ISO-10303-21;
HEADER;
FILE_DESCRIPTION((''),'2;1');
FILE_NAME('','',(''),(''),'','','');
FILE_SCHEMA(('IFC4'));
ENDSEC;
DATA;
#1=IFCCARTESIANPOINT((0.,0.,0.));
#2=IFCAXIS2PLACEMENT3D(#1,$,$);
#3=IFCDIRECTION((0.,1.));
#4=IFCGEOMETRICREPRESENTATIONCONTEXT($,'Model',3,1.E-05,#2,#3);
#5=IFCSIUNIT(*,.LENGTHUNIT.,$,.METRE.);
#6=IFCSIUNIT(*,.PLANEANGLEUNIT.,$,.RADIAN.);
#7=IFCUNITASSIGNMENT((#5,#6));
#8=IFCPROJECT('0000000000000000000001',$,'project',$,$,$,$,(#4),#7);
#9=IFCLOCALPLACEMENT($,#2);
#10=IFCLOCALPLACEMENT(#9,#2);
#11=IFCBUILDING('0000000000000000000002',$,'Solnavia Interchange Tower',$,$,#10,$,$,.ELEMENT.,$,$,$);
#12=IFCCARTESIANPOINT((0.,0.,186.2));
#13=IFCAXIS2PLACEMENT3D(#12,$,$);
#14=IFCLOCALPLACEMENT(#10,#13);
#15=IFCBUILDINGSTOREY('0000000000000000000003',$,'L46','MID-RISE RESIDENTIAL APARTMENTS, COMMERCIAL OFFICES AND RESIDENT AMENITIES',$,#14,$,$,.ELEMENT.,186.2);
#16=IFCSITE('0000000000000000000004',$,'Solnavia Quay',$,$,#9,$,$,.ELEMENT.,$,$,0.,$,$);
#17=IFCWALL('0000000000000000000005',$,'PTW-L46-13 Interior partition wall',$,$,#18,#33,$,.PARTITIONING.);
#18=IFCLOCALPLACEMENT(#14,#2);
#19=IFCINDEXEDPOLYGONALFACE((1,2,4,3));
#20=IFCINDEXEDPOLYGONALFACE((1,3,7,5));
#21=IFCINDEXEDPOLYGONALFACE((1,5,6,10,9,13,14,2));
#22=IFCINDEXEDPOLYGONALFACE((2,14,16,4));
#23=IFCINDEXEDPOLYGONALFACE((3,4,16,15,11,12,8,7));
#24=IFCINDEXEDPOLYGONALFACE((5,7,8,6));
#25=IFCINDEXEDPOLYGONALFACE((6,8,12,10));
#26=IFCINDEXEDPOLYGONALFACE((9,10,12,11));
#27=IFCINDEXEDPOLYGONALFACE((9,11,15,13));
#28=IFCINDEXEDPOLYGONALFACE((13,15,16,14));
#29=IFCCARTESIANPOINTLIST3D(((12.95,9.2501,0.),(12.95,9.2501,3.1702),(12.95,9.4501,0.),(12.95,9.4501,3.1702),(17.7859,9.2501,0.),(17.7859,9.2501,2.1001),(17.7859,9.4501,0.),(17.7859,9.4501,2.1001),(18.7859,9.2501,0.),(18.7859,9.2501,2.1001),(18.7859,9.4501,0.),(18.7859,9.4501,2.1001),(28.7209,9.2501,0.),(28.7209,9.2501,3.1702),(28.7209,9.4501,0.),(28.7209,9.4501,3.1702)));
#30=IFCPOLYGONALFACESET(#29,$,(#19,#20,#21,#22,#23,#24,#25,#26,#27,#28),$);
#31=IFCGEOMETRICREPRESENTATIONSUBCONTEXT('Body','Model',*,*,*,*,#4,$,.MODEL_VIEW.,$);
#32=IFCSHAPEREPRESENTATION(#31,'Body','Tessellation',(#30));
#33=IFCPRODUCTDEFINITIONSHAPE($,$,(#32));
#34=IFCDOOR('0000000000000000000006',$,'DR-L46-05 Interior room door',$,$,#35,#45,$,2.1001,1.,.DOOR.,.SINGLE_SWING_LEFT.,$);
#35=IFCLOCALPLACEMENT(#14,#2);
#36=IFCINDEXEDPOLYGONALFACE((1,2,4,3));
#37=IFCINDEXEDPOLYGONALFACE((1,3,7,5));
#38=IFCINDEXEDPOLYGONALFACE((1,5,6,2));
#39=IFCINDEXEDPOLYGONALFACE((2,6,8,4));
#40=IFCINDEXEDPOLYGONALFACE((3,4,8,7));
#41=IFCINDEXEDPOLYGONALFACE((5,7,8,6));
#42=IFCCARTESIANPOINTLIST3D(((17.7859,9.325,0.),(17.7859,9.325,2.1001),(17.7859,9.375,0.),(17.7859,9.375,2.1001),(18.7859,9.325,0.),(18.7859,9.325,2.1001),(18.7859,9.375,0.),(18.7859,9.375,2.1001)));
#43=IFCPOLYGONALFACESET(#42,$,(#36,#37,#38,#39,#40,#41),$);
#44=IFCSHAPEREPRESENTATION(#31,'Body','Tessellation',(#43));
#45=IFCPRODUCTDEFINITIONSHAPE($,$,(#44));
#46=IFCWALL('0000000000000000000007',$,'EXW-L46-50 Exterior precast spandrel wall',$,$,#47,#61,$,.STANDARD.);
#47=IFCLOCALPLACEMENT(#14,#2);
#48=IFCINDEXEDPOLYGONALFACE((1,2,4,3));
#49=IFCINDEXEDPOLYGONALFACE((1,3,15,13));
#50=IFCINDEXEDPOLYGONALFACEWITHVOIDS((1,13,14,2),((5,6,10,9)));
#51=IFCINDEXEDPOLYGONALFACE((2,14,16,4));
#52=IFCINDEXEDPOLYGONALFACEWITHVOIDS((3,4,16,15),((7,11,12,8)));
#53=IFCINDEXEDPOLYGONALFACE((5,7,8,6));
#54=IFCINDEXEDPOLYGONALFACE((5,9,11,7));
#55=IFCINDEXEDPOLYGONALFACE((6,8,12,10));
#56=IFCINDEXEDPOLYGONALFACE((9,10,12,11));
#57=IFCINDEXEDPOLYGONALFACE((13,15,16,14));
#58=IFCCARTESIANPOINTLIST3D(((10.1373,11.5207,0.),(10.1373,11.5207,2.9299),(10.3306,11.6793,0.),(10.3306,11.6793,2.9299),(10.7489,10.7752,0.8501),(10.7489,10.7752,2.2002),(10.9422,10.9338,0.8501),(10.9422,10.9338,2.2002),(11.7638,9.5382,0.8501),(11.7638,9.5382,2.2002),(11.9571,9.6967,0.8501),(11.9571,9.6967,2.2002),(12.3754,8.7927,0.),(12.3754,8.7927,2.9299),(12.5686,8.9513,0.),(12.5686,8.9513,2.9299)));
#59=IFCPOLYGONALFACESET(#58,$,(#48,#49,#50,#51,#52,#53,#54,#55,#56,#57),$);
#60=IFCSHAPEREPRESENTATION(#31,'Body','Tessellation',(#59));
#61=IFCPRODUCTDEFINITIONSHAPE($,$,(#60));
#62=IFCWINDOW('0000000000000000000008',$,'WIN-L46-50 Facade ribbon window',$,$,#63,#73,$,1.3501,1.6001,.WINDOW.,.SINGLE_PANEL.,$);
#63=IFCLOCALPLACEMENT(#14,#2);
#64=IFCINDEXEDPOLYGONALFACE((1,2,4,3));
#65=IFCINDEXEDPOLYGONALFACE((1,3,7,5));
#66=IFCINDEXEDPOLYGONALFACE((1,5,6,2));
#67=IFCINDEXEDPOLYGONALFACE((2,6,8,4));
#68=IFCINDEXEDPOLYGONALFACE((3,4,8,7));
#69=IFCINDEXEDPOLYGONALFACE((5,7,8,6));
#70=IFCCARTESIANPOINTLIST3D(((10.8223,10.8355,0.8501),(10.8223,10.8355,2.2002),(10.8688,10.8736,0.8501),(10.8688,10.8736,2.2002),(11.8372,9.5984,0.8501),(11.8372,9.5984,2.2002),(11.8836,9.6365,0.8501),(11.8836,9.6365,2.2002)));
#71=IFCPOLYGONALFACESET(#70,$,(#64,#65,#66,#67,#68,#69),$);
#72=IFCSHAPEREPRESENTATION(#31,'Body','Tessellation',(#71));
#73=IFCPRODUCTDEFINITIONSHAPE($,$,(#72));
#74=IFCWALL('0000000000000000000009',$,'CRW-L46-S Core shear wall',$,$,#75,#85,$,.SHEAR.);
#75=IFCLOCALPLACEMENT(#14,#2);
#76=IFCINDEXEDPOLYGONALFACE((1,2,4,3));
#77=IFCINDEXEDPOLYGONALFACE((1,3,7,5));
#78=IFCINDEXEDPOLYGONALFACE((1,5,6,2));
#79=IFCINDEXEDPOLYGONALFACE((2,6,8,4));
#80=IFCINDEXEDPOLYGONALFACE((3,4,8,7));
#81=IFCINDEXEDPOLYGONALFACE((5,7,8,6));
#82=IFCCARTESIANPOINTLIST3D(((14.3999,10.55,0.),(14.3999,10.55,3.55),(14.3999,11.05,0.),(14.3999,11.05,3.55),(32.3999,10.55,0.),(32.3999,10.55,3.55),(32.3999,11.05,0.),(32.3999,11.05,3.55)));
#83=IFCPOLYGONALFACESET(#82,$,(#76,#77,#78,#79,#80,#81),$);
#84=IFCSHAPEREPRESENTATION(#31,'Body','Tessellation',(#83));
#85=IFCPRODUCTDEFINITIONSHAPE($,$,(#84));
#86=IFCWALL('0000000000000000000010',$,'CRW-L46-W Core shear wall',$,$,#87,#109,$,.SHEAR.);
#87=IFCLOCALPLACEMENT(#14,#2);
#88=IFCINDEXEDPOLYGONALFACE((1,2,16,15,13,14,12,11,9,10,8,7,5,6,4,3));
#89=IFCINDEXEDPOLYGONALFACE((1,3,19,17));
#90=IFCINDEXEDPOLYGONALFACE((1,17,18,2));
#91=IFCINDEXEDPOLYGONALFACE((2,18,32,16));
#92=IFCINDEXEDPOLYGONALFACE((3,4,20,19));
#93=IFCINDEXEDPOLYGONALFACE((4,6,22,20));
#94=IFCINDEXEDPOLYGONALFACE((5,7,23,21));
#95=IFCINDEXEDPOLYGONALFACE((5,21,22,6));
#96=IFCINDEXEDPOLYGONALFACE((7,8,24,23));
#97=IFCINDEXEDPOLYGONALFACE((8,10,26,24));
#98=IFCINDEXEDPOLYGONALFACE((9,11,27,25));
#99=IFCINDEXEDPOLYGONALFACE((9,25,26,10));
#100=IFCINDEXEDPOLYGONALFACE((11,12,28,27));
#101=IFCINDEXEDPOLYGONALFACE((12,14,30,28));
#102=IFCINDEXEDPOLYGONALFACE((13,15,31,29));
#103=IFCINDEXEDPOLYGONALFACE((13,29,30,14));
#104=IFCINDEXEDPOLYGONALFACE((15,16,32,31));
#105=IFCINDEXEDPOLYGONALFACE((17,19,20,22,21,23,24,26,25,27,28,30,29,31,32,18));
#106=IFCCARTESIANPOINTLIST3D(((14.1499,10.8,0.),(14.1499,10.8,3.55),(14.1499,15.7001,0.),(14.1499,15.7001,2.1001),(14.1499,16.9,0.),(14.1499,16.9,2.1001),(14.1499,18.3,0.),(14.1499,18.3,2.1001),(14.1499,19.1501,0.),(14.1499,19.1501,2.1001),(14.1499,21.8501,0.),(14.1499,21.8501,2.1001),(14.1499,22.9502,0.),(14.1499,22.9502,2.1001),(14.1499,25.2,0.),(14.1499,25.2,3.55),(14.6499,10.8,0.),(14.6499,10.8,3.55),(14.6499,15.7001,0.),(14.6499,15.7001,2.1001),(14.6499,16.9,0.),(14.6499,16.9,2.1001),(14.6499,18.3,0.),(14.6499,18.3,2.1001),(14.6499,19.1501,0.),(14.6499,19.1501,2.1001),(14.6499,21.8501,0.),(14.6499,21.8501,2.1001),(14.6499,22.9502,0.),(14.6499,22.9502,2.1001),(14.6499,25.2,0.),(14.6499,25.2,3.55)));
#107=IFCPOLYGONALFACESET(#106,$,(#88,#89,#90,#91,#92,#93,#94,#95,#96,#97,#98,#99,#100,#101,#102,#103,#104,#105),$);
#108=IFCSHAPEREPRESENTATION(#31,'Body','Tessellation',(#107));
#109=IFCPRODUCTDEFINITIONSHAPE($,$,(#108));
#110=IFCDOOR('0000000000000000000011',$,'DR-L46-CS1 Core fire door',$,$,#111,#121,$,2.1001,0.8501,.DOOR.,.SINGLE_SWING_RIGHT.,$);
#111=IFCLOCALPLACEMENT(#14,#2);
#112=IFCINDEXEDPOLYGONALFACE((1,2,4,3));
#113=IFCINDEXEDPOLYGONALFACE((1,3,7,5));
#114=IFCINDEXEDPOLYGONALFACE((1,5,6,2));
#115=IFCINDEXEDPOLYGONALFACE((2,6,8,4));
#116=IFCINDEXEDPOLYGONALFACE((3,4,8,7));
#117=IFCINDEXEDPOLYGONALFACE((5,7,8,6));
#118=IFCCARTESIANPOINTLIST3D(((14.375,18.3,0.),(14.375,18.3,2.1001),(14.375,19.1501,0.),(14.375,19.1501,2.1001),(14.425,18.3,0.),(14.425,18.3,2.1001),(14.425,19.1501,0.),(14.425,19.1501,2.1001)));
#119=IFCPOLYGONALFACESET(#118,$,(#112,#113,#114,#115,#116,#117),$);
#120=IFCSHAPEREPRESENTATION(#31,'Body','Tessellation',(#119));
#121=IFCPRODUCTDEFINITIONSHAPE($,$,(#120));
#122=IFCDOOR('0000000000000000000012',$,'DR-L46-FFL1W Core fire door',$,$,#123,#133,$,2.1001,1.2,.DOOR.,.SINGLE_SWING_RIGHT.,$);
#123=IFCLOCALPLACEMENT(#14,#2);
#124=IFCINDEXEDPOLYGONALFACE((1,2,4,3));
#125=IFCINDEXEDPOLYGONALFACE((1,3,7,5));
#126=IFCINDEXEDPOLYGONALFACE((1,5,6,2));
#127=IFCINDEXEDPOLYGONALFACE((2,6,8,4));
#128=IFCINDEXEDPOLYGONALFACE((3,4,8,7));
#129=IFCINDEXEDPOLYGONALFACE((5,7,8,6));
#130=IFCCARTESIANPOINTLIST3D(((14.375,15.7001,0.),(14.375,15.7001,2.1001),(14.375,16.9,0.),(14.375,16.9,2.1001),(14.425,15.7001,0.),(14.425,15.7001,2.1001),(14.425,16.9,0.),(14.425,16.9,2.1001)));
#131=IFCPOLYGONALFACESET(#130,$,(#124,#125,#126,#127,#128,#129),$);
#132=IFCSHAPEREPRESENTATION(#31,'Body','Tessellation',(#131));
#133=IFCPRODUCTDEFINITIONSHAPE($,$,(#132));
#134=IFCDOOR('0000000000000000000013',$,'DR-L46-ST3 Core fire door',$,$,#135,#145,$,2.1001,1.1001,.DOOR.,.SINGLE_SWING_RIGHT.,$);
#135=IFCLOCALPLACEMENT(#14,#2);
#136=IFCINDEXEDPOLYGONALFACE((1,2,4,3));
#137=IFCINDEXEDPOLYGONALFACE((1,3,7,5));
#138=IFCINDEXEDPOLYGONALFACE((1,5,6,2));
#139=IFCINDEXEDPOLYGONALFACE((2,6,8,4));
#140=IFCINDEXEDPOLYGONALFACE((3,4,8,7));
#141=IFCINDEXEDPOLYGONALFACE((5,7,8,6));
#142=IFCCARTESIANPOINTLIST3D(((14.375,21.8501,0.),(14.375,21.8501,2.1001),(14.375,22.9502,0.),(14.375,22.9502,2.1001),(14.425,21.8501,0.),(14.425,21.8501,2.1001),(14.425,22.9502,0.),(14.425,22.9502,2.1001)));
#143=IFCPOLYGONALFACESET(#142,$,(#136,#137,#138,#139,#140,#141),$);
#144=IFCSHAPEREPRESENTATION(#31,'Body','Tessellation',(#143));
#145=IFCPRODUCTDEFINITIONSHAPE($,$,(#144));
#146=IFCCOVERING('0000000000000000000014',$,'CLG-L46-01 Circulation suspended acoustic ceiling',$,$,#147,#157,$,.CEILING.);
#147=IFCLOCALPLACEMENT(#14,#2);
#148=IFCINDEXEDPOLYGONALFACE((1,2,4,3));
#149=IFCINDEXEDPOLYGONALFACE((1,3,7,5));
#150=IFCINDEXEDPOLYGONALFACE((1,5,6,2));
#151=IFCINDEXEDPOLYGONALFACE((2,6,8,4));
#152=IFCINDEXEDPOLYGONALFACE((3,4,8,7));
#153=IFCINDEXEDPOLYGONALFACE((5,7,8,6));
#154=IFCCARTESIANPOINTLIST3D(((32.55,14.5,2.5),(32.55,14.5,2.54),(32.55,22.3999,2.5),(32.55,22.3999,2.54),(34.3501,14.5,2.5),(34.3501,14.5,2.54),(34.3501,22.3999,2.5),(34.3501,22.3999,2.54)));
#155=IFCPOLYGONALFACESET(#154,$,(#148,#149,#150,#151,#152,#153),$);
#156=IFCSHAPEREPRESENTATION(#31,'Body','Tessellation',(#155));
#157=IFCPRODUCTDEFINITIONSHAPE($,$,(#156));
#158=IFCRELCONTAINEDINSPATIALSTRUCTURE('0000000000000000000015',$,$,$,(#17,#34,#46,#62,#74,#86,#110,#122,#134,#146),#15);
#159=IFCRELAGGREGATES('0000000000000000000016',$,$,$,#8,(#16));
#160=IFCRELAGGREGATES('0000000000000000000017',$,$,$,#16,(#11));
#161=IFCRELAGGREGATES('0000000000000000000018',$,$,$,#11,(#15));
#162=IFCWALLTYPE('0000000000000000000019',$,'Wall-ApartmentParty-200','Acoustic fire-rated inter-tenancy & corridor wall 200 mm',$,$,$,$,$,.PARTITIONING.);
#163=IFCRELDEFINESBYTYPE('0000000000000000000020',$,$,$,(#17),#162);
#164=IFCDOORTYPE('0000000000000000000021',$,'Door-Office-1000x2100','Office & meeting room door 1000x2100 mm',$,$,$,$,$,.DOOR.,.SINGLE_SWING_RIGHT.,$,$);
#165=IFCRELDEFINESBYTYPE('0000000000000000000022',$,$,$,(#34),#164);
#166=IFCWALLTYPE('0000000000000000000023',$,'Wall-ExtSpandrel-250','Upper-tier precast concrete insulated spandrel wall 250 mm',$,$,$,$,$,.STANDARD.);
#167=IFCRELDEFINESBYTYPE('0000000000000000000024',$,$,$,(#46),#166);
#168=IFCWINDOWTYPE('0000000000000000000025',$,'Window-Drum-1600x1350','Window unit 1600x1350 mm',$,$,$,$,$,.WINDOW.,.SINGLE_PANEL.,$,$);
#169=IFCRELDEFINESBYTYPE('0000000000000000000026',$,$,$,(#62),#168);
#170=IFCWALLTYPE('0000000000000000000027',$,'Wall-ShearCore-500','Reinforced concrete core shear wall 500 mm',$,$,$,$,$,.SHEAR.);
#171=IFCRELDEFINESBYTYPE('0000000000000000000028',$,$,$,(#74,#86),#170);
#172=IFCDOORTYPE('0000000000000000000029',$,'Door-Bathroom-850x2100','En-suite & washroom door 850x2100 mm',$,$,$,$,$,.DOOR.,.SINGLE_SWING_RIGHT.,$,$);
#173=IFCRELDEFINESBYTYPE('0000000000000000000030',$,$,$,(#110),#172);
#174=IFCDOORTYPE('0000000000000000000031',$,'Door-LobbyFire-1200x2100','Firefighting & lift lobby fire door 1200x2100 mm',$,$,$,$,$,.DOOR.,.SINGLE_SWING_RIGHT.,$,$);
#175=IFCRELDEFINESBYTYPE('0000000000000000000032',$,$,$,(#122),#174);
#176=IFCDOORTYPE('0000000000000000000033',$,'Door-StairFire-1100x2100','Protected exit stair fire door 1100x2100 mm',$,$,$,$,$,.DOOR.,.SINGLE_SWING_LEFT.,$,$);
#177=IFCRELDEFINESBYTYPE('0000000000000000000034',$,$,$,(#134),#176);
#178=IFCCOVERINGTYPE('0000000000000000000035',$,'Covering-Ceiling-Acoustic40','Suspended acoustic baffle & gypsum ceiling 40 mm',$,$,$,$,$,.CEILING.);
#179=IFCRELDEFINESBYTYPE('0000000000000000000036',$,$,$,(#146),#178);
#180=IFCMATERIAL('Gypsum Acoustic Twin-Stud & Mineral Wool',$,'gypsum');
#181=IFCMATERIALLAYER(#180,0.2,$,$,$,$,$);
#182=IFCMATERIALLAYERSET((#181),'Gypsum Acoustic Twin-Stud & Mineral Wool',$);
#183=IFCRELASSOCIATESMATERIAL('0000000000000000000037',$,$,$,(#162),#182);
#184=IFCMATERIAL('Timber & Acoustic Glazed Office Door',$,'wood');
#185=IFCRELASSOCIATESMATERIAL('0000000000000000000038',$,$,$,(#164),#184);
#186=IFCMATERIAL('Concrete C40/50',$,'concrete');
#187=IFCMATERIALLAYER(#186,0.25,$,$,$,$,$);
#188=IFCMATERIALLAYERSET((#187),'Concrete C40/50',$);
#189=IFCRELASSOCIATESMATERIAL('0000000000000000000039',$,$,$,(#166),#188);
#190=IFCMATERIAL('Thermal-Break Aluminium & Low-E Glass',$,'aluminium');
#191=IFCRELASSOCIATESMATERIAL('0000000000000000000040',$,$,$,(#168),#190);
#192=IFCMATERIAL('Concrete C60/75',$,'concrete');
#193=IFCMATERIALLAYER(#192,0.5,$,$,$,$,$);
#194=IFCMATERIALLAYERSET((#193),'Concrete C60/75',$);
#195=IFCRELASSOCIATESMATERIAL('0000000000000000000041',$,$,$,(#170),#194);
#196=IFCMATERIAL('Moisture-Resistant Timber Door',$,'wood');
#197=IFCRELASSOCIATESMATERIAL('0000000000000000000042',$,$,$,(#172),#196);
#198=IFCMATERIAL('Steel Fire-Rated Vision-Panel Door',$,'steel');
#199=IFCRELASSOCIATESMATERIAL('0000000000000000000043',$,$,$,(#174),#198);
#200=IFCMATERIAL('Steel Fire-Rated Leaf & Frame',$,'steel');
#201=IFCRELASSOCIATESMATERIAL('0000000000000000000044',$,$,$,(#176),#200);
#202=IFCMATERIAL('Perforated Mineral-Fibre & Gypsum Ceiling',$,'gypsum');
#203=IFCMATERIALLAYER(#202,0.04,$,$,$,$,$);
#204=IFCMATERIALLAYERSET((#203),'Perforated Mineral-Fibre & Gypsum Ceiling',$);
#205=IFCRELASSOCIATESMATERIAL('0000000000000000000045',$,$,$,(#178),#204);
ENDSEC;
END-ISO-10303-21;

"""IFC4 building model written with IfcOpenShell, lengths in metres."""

from ifc_helpers import new_model, si_unit, direction, frame, frame_2d, origin, place, context, subcontext, project, spatial, polyline, rectangle, outline, extrude, material, layer, layer_set, type_object, element, fill, save


model = new_model("IFC4")

# Units and contexts
model_context = context("Model", 3, precision=1e-05, world=origin(), true_north=direction((0.0, 1.0)))
body_context = subcontext(model_context, "Body", "Model", "MODEL_VIEW")
ifc_project = project(units=[si_unit("LENGTHUNIT", "METRE"), si_unit("PLANEANGLEUNIT", "RADIAN")], contexts=[model_context])

# Site, building, storey
site_placement = place(None, origin())
site = spatial("IfcSite", under=ifc_project, at=site_placement, Name="Solnavia Quay", CompositionType="ELEMENT", RefElevation=0.0)
building_placement = place(site_placement, origin())
building = spatial("IfcBuilding", under=site, at=building_placement, Name="Solnavia Interchange Tower", CompositionType="ELEMENT")
storey_placement = place(building_placement, frame((0.0, 0.0, 186.2)))
storey = spatial("IfcBuildingStorey", under=building, at=storey_placement, Name="L46", Description="MID-RISE RESIDENTIAL APARTMENTS, COMMERCIAL OFFICES AND RESIDENT AMENITIES", CompositionType="ELEMENT", Elevation=186.2)

# Shared definitions
ifc_material_1 = material(Name="Concrete C40/50", Category="concrete")

# Shared definitions
ifc_material_2 = material(Name="Gypsum Acoustic Twin-Stud & Mineral Wool", Category="gypsum")
ifc_layer_1 = layer(ifc_material_2, 0.2)
ifc_layer_set_1 = layer_set([ifc_layer_1], Name="Gypsum Acoustic Twin-Stud & Mineral Wool")
wall_type_1 = type_object("IfcWallType", Name="Wall-ApartmentParty-200", Description="Acoustic fire-rated inter-tenancy & corridor wall 200 mm", PredefinedType="PARTITIONING", material=ifc_layer_set_1)

# Wall, opening, door
ifc_material_3 = material(Name="Timber & Acoustic Glazed Office Door", Category="wood")
door_type_1 = type_object("IfcDoorType", Name="Door-Office-1000x2100", Description="Office & meeting room door 1000x2100 mm", OperationType="SINGLE_SWING_RIGHT", PredefinedType="DOOR", material=ifc_material_3)
wall_1_placement = place(storey_placement, frame((12.95, 9.3501, 0.0), z_axis=(0.0, 0.0, 1.0), x_axis=(1.0, 0.0, 0.0)))
wall_1 = element("IfcWall", 1, at=wall_1_placement, inside=storey, type_object=wall_type_1, Name="PTW-L46-13 Interior partition wall", PredefinedType="PARTITIONING", context=body_context, shape_type="SweptSolid", body=[
    extrude(rectangle(XDim=15.771, YDim=0.2, at=frame_2d((7.8855, 0.0))), origin(), (0.0, 0.0, 1.0), 3.1702),
])
opening_1_placement = place(wall_1_placement, frame((4.8359, 0.0, 0.0)))
opening_1 = element("IfcOpeningElement", 2, at=opening_1_placement, cuts=wall_1, PredefinedType="OPENING", context=body_context, shape_type="SweptSolid", body=[
    extrude(rectangle(XDim=1.0, YDim=2.1001, at=frame_2d((0.5, 1.05))), frame((0.0, 0.1099, 0.0), z_axis=(0.0, -1.0, 0.0), x_axis=(1.0, 0.0, 0.0)), (0.0, 0.0, 1.0), 0.22),
])
door_1_placement = place(opening_1_placement, origin())
door_1 = element("IfcDoor", 3, at=door_1_placement, inside=storey, type_object=door_type_1, Name="DR-L46-05 Interior room door", OperationType="SINGLE_SWING_LEFT", OverallHeight=2.1001, OverallWidth=1.0, PredefinedType="DOOR", context=body_context, shape_type="SweptSolid", body=[
    extrude(rectangle(XDim=1.0, YDim=2.1001, at=frame_2d((0.5, 1.05))), frame((0.0, 0.0249, 0.0), z_axis=(0.0, -1.0, 0.0), x_axis=(1.0, 0.0, 0.0)), (0.0, 0.0, 1.0), 0.05),
])
fill(opening_1, door_1)

# Wall, opening, window
ifc_layer_2 = layer(ifc_material_1, 0.25)
ifc_layer_set_2 = layer_set([ifc_layer_2], Name="Concrete C40/50")
wall_type_2 = type_object("IfcWallType", Name="Wall-ExtSpandrel-250", Description="Upper-tier precast concrete insulated spandrel wall 250 mm", PredefinedType="STANDARD", material=ifc_layer_set_2)
wall_2_placement = place(storey_placement, frame((12.4719, 8.8721, 0.0), z_axis=(0.0, 0.0, 1.0), x_axis=(-0.634258, 0.773121, 0.0)))
wall_2 = element("IfcWall", 4, at=wall_2_placement, inside=storey, type_object=wall_type_2, Name="EXW-L46-50 Exterior precast spandrel wall", PredefinedType="STANDARD", context=body_context, shape_type="SweptSolid", body=[
    extrude(rectangle(XDim=3.5286, YDim=0.25, at=frame_2d((1.7642, 0.0))), origin(), (0.0, 0.0, 1.0), 2.9299),
])
opening_2_placement = place(wall_2_placement, frame((0.9641, 0.0, 0.8501)))
opening_2 = element("IfcOpeningElement", 5, at=opening_2_placement, cuts=wall_2, PredefinedType="OPENING", context=body_context, shape_type="SweptSolid", body=[
    extrude(rectangle(XDim=1.6001, YDim=1.3501, at=frame_2d((0.8, 0.675))), frame((0.0, 0.135, 0.0), z_axis=(0.0, -1.0, 0.0), x_axis=(1.0, 0.0, 0.0)), (0.0, 0.0, 1.0), 0.27),
])
ifc_material_4 = material(Name="Thermal-Break Aluminium & Low-E Glass", Category="aluminium")
window_type = type_object("IfcWindowType", Name="Window-Drum-1600x1350", Description="Window unit 1600x1350 mm", PartitioningType="SINGLE_PANEL", PredefinedType="WINDOW", material=ifc_material_4)
window_placement = place(opening_2_placement, origin())
window = element("IfcWindow", 6, at=window_placement, inside=storey, type_object=window_type, Name="WIN-L46-50 Facade ribbon window", OverallHeight=1.3501, OverallWidth=1.6001, PartitioningType="SINGLE_PANEL", PredefinedType="WINDOW", context=body_context, shape_type="SweptSolid", body=[
    extrude(rectangle(XDim=1.6001, YDim=1.3501, at=frame_2d((0.8, 0.675))), frame((0.0, 0.03, 0.0), z_axis=(0.0, -1.0, 0.0), x_axis=(1.0, 0.0, 0.0)), (0.0, 0.0, 1.0), 0.0601),
])
fill(opening_2, window)

# Wall
ifc_material_5 = material(Name="Concrete C60/75", Category="concrete")
ifc_layer_3 = layer(ifc_material_5, 0.5)
ifc_layer_set_3 = layer_set([ifc_layer_3], Name="Concrete C60/75")
wall_type_3 = type_object("IfcWallType", Name="Wall-ShearCore-500", Description="Reinforced concrete core shear wall 500 mm", PredefinedType="SHEAR", material=ifc_layer_set_3)
wall_3_placement = place(storey_placement, frame((14.3999, 10.8, 0.0), z_axis=(0.0, 0.0, 1.0), x_axis=(1.0, 0.0, 0.0)))
element("IfcWall", 7, at=wall_3_placement, inside=storey, type_object=wall_type_3, Name="CRW-L46-S Core shear wall", PredefinedType="SHEAR", context=body_context, shape_type="SweptSolid", body=[
    extrude(rectangle(XDim=18.0, YDim=0.5, at=frame_2d((9.0, 0.0))), origin(), (0.0, 0.0, 1.0), 3.55),
])

# Wall, openings, doors
wall_4_placement = place(storey_placement, frame((14.3999, 10.8, 0.0), z_axis=(0.0, 0.0, 1.0), x_axis=(0.0, 1.0, 0.0)))
wall_4 = element("IfcWall", 8, at=wall_4_placement, inside=storey, type_object=wall_type_3, Name="CRW-L46-W Core shear wall", PredefinedType="SHEAR", context=body_context, shape_type="SweptSolid", body=[
    extrude(rectangle(XDim=14.3999, YDim=0.5, at=frame_2d((7.2, 0.0))), origin(), (0.0, 0.0, 1.0), 3.55),
])
opening_3_placement = place(wall_4_placement, frame((11.05, 0.0, 0.0)))
opening_3 = element("IfcOpeningElement", 9, at=opening_3_placement, cuts=wall_4, PredefinedType="OPENING", context=body_context, shape_type="SweptSolid", body=[
    extrude(rectangle(XDim=1.1001, YDim=2.1001, at=frame_2d((0.55, 1.05))), frame((0.0, 0.26, 0.0), z_axis=(0.0, -1.0, 0.0), x_axis=(1.0, 0.0, 0.0)), (0.0, 0.0, 1.0), 0.52),
])
opening_4_placement = place(wall_4_placement, frame((4.8999, 0.0, 0.0)))
opening_4 = element("IfcOpeningElement", 10, at=opening_4_placement, cuts=wall_4, PredefinedType="OPENING", context=body_context, shape_type="SweptSolid", body=[
    extrude(rectangle(XDim=1.2, YDim=2.1001, at=frame_2d((0.6001, 1.05))), frame((0.0, 0.26, 0.0), z_axis=(0.0, -1.0, 0.0), x_axis=(1.0, 0.0, 0.0)), (0.0, 0.0, 1.0), 0.52),
])
opening_5_placement = place(wall_4_placement, frame((7.5, 0.0, 0.0)))
opening_5 = element("IfcOpeningElement", 11, at=opening_5_placement, cuts=wall_4, PredefinedType="OPENING", context=body_context, shape_type="SweptSolid", body=[
    extrude(rectangle(XDim=0.8501, YDim=2.1001, at=frame_2d((0.425, 1.05))), frame((0.0, 0.26, 0.0), z_axis=(0.0, -1.0, 0.0), x_axis=(1.0, 0.0, 0.0)), (0.0, 0.0, 1.0), 0.52),
])
ifc_material_6 = material(Name="Moisture-Resistant Timber Door", Category="wood")
door_type_2 = type_object("IfcDoorType", Name="Door-Bathroom-850x2100", Description="En-suite & washroom door 850x2100 mm", OperationType="SINGLE_SWING_RIGHT", PredefinedType="DOOR", material=ifc_material_6)
door_2_placement = place(opening_5_placement, origin())
door_2 = element("IfcDoor", 12, at=door_2_placement, inside=storey, type_object=door_type_2, Name="DR-L46-CS1 Core fire door", OperationType="SINGLE_SWING_RIGHT", OverallHeight=2.1001, OverallWidth=0.8501, PredefinedType="DOOR", context=body_context, shape_type="SweptSolid", body=[
    extrude(rectangle(XDim=0.8501, YDim=2.1001, at=frame_2d((0.425, 1.05))), frame((0.0, 0.0249, 0.0), z_axis=(0.0, -1.0, 0.0), x_axis=(1.0, 0.0, 0.0)), (0.0, 0.0, 1.0), 0.05),
])
fill(opening_5, door_2)
ifc_material_7 = material(Name="Steel Fire-Rated Vision-Panel Door", Category="steel")
door_type_3 = type_object("IfcDoorType", Name="Door-LobbyFire-1200x2100", Description="Firefighting & lift lobby fire door 1200x2100 mm", OperationType="SINGLE_SWING_RIGHT", PredefinedType="DOOR", material=ifc_material_7)
door_3_placement = place(opening_4_placement, origin())
door_3 = element("IfcDoor", 13, at=door_3_placement, inside=storey, type_object=door_type_3, Name="DR-L46-FFL1W Core fire door", OperationType="SINGLE_SWING_RIGHT", OverallHeight=2.1001, OverallWidth=1.2, PredefinedType="DOOR", context=body_context, shape_type="SweptSolid", body=[
    extrude(rectangle(XDim=1.2, YDim=2.1001, at=frame_2d((0.6001, 1.05))), frame((0.0, 0.0249, 0.0), z_axis=(0.0, -1.0, 0.0), x_axis=(1.0, 0.0, 0.0)), (0.0, 0.0, 1.0), 0.05),
])
fill(opening_4, door_3)
ifc_material_8 = material(Name="Steel Fire-Rated Leaf & Frame", Category="steel")
door_type_4 = type_object("IfcDoorType", Name="Door-StairFire-1100x2100", Description="Protected exit stair fire door 1100x2100 mm", OperationType="SINGLE_SWING_LEFT", PredefinedType="DOOR", material=ifc_material_8)
door_4_placement = place(opening_3_placement, origin())
door_4 = element("IfcDoor", 14, at=door_4_placement, inside=storey, type_object=door_type_4, Name="DR-L46-ST3 Core fire door", OperationType="SINGLE_SWING_RIGHT", OverallHeight=2.1001, OverallWidth=1.1001, PredefinedType="DOOR", context=body_context, shape_type="SweptSolid", body=[
    extrude(rectangle(XDim=1.1001, YDim=2.1001, at=frame_2d((0.55, 1.05))), frame((0.0, 0.0249, 0.0), z_axis=(0.0, -1.0, 0.0), x_axis=(1.0, 0.0, 0.0)), (0.0, 0.0, 1.0), 0.05),
])
fill(opening_3, door_4)

# Covering
ifc_material_9 = material(Name="Perforated Mineral-Fibre & Gypsum Ceiling", Category="gypsum")
ifc_layer_4 = layer(ifc_material_9, 0.04)
ifc_layer_set_4 = layer_set([ifc_layer_4], Name="Perforated Mineral-Fibre & Gypsum Ceiling")
covering_type_1 = type_object("IfcCoveringType", Name="Covering-Ceiling-Acoustic40", Description="Suspended acoustic baffle & gypsum ceiling 40 mm", PredefinedType="CEILING", material=ifc_layer_set_4)
covering_1_placement = place(storey_placement, frame((0.0, 0.0, 2.5)))
element("IfcCovering", 15, at=covering_1_placement, inside=storey, type_object=covering_type_1, Name="CLG-L46-01 Circulation suspended acoustic ceiling", PredefinedType="CEILING", context=body_context, shape_type="SweptSolid", body=[
    extrude(outline(polyline([(32.55, 14.5), (34.3501, 14.5), (34.3501, 22.3999), (32.55, 22.3999), (32.55, 14.5)])), origin(), (0.0, 0.0, 1.0), 0.04),
])

save(model, "model.ifc")
